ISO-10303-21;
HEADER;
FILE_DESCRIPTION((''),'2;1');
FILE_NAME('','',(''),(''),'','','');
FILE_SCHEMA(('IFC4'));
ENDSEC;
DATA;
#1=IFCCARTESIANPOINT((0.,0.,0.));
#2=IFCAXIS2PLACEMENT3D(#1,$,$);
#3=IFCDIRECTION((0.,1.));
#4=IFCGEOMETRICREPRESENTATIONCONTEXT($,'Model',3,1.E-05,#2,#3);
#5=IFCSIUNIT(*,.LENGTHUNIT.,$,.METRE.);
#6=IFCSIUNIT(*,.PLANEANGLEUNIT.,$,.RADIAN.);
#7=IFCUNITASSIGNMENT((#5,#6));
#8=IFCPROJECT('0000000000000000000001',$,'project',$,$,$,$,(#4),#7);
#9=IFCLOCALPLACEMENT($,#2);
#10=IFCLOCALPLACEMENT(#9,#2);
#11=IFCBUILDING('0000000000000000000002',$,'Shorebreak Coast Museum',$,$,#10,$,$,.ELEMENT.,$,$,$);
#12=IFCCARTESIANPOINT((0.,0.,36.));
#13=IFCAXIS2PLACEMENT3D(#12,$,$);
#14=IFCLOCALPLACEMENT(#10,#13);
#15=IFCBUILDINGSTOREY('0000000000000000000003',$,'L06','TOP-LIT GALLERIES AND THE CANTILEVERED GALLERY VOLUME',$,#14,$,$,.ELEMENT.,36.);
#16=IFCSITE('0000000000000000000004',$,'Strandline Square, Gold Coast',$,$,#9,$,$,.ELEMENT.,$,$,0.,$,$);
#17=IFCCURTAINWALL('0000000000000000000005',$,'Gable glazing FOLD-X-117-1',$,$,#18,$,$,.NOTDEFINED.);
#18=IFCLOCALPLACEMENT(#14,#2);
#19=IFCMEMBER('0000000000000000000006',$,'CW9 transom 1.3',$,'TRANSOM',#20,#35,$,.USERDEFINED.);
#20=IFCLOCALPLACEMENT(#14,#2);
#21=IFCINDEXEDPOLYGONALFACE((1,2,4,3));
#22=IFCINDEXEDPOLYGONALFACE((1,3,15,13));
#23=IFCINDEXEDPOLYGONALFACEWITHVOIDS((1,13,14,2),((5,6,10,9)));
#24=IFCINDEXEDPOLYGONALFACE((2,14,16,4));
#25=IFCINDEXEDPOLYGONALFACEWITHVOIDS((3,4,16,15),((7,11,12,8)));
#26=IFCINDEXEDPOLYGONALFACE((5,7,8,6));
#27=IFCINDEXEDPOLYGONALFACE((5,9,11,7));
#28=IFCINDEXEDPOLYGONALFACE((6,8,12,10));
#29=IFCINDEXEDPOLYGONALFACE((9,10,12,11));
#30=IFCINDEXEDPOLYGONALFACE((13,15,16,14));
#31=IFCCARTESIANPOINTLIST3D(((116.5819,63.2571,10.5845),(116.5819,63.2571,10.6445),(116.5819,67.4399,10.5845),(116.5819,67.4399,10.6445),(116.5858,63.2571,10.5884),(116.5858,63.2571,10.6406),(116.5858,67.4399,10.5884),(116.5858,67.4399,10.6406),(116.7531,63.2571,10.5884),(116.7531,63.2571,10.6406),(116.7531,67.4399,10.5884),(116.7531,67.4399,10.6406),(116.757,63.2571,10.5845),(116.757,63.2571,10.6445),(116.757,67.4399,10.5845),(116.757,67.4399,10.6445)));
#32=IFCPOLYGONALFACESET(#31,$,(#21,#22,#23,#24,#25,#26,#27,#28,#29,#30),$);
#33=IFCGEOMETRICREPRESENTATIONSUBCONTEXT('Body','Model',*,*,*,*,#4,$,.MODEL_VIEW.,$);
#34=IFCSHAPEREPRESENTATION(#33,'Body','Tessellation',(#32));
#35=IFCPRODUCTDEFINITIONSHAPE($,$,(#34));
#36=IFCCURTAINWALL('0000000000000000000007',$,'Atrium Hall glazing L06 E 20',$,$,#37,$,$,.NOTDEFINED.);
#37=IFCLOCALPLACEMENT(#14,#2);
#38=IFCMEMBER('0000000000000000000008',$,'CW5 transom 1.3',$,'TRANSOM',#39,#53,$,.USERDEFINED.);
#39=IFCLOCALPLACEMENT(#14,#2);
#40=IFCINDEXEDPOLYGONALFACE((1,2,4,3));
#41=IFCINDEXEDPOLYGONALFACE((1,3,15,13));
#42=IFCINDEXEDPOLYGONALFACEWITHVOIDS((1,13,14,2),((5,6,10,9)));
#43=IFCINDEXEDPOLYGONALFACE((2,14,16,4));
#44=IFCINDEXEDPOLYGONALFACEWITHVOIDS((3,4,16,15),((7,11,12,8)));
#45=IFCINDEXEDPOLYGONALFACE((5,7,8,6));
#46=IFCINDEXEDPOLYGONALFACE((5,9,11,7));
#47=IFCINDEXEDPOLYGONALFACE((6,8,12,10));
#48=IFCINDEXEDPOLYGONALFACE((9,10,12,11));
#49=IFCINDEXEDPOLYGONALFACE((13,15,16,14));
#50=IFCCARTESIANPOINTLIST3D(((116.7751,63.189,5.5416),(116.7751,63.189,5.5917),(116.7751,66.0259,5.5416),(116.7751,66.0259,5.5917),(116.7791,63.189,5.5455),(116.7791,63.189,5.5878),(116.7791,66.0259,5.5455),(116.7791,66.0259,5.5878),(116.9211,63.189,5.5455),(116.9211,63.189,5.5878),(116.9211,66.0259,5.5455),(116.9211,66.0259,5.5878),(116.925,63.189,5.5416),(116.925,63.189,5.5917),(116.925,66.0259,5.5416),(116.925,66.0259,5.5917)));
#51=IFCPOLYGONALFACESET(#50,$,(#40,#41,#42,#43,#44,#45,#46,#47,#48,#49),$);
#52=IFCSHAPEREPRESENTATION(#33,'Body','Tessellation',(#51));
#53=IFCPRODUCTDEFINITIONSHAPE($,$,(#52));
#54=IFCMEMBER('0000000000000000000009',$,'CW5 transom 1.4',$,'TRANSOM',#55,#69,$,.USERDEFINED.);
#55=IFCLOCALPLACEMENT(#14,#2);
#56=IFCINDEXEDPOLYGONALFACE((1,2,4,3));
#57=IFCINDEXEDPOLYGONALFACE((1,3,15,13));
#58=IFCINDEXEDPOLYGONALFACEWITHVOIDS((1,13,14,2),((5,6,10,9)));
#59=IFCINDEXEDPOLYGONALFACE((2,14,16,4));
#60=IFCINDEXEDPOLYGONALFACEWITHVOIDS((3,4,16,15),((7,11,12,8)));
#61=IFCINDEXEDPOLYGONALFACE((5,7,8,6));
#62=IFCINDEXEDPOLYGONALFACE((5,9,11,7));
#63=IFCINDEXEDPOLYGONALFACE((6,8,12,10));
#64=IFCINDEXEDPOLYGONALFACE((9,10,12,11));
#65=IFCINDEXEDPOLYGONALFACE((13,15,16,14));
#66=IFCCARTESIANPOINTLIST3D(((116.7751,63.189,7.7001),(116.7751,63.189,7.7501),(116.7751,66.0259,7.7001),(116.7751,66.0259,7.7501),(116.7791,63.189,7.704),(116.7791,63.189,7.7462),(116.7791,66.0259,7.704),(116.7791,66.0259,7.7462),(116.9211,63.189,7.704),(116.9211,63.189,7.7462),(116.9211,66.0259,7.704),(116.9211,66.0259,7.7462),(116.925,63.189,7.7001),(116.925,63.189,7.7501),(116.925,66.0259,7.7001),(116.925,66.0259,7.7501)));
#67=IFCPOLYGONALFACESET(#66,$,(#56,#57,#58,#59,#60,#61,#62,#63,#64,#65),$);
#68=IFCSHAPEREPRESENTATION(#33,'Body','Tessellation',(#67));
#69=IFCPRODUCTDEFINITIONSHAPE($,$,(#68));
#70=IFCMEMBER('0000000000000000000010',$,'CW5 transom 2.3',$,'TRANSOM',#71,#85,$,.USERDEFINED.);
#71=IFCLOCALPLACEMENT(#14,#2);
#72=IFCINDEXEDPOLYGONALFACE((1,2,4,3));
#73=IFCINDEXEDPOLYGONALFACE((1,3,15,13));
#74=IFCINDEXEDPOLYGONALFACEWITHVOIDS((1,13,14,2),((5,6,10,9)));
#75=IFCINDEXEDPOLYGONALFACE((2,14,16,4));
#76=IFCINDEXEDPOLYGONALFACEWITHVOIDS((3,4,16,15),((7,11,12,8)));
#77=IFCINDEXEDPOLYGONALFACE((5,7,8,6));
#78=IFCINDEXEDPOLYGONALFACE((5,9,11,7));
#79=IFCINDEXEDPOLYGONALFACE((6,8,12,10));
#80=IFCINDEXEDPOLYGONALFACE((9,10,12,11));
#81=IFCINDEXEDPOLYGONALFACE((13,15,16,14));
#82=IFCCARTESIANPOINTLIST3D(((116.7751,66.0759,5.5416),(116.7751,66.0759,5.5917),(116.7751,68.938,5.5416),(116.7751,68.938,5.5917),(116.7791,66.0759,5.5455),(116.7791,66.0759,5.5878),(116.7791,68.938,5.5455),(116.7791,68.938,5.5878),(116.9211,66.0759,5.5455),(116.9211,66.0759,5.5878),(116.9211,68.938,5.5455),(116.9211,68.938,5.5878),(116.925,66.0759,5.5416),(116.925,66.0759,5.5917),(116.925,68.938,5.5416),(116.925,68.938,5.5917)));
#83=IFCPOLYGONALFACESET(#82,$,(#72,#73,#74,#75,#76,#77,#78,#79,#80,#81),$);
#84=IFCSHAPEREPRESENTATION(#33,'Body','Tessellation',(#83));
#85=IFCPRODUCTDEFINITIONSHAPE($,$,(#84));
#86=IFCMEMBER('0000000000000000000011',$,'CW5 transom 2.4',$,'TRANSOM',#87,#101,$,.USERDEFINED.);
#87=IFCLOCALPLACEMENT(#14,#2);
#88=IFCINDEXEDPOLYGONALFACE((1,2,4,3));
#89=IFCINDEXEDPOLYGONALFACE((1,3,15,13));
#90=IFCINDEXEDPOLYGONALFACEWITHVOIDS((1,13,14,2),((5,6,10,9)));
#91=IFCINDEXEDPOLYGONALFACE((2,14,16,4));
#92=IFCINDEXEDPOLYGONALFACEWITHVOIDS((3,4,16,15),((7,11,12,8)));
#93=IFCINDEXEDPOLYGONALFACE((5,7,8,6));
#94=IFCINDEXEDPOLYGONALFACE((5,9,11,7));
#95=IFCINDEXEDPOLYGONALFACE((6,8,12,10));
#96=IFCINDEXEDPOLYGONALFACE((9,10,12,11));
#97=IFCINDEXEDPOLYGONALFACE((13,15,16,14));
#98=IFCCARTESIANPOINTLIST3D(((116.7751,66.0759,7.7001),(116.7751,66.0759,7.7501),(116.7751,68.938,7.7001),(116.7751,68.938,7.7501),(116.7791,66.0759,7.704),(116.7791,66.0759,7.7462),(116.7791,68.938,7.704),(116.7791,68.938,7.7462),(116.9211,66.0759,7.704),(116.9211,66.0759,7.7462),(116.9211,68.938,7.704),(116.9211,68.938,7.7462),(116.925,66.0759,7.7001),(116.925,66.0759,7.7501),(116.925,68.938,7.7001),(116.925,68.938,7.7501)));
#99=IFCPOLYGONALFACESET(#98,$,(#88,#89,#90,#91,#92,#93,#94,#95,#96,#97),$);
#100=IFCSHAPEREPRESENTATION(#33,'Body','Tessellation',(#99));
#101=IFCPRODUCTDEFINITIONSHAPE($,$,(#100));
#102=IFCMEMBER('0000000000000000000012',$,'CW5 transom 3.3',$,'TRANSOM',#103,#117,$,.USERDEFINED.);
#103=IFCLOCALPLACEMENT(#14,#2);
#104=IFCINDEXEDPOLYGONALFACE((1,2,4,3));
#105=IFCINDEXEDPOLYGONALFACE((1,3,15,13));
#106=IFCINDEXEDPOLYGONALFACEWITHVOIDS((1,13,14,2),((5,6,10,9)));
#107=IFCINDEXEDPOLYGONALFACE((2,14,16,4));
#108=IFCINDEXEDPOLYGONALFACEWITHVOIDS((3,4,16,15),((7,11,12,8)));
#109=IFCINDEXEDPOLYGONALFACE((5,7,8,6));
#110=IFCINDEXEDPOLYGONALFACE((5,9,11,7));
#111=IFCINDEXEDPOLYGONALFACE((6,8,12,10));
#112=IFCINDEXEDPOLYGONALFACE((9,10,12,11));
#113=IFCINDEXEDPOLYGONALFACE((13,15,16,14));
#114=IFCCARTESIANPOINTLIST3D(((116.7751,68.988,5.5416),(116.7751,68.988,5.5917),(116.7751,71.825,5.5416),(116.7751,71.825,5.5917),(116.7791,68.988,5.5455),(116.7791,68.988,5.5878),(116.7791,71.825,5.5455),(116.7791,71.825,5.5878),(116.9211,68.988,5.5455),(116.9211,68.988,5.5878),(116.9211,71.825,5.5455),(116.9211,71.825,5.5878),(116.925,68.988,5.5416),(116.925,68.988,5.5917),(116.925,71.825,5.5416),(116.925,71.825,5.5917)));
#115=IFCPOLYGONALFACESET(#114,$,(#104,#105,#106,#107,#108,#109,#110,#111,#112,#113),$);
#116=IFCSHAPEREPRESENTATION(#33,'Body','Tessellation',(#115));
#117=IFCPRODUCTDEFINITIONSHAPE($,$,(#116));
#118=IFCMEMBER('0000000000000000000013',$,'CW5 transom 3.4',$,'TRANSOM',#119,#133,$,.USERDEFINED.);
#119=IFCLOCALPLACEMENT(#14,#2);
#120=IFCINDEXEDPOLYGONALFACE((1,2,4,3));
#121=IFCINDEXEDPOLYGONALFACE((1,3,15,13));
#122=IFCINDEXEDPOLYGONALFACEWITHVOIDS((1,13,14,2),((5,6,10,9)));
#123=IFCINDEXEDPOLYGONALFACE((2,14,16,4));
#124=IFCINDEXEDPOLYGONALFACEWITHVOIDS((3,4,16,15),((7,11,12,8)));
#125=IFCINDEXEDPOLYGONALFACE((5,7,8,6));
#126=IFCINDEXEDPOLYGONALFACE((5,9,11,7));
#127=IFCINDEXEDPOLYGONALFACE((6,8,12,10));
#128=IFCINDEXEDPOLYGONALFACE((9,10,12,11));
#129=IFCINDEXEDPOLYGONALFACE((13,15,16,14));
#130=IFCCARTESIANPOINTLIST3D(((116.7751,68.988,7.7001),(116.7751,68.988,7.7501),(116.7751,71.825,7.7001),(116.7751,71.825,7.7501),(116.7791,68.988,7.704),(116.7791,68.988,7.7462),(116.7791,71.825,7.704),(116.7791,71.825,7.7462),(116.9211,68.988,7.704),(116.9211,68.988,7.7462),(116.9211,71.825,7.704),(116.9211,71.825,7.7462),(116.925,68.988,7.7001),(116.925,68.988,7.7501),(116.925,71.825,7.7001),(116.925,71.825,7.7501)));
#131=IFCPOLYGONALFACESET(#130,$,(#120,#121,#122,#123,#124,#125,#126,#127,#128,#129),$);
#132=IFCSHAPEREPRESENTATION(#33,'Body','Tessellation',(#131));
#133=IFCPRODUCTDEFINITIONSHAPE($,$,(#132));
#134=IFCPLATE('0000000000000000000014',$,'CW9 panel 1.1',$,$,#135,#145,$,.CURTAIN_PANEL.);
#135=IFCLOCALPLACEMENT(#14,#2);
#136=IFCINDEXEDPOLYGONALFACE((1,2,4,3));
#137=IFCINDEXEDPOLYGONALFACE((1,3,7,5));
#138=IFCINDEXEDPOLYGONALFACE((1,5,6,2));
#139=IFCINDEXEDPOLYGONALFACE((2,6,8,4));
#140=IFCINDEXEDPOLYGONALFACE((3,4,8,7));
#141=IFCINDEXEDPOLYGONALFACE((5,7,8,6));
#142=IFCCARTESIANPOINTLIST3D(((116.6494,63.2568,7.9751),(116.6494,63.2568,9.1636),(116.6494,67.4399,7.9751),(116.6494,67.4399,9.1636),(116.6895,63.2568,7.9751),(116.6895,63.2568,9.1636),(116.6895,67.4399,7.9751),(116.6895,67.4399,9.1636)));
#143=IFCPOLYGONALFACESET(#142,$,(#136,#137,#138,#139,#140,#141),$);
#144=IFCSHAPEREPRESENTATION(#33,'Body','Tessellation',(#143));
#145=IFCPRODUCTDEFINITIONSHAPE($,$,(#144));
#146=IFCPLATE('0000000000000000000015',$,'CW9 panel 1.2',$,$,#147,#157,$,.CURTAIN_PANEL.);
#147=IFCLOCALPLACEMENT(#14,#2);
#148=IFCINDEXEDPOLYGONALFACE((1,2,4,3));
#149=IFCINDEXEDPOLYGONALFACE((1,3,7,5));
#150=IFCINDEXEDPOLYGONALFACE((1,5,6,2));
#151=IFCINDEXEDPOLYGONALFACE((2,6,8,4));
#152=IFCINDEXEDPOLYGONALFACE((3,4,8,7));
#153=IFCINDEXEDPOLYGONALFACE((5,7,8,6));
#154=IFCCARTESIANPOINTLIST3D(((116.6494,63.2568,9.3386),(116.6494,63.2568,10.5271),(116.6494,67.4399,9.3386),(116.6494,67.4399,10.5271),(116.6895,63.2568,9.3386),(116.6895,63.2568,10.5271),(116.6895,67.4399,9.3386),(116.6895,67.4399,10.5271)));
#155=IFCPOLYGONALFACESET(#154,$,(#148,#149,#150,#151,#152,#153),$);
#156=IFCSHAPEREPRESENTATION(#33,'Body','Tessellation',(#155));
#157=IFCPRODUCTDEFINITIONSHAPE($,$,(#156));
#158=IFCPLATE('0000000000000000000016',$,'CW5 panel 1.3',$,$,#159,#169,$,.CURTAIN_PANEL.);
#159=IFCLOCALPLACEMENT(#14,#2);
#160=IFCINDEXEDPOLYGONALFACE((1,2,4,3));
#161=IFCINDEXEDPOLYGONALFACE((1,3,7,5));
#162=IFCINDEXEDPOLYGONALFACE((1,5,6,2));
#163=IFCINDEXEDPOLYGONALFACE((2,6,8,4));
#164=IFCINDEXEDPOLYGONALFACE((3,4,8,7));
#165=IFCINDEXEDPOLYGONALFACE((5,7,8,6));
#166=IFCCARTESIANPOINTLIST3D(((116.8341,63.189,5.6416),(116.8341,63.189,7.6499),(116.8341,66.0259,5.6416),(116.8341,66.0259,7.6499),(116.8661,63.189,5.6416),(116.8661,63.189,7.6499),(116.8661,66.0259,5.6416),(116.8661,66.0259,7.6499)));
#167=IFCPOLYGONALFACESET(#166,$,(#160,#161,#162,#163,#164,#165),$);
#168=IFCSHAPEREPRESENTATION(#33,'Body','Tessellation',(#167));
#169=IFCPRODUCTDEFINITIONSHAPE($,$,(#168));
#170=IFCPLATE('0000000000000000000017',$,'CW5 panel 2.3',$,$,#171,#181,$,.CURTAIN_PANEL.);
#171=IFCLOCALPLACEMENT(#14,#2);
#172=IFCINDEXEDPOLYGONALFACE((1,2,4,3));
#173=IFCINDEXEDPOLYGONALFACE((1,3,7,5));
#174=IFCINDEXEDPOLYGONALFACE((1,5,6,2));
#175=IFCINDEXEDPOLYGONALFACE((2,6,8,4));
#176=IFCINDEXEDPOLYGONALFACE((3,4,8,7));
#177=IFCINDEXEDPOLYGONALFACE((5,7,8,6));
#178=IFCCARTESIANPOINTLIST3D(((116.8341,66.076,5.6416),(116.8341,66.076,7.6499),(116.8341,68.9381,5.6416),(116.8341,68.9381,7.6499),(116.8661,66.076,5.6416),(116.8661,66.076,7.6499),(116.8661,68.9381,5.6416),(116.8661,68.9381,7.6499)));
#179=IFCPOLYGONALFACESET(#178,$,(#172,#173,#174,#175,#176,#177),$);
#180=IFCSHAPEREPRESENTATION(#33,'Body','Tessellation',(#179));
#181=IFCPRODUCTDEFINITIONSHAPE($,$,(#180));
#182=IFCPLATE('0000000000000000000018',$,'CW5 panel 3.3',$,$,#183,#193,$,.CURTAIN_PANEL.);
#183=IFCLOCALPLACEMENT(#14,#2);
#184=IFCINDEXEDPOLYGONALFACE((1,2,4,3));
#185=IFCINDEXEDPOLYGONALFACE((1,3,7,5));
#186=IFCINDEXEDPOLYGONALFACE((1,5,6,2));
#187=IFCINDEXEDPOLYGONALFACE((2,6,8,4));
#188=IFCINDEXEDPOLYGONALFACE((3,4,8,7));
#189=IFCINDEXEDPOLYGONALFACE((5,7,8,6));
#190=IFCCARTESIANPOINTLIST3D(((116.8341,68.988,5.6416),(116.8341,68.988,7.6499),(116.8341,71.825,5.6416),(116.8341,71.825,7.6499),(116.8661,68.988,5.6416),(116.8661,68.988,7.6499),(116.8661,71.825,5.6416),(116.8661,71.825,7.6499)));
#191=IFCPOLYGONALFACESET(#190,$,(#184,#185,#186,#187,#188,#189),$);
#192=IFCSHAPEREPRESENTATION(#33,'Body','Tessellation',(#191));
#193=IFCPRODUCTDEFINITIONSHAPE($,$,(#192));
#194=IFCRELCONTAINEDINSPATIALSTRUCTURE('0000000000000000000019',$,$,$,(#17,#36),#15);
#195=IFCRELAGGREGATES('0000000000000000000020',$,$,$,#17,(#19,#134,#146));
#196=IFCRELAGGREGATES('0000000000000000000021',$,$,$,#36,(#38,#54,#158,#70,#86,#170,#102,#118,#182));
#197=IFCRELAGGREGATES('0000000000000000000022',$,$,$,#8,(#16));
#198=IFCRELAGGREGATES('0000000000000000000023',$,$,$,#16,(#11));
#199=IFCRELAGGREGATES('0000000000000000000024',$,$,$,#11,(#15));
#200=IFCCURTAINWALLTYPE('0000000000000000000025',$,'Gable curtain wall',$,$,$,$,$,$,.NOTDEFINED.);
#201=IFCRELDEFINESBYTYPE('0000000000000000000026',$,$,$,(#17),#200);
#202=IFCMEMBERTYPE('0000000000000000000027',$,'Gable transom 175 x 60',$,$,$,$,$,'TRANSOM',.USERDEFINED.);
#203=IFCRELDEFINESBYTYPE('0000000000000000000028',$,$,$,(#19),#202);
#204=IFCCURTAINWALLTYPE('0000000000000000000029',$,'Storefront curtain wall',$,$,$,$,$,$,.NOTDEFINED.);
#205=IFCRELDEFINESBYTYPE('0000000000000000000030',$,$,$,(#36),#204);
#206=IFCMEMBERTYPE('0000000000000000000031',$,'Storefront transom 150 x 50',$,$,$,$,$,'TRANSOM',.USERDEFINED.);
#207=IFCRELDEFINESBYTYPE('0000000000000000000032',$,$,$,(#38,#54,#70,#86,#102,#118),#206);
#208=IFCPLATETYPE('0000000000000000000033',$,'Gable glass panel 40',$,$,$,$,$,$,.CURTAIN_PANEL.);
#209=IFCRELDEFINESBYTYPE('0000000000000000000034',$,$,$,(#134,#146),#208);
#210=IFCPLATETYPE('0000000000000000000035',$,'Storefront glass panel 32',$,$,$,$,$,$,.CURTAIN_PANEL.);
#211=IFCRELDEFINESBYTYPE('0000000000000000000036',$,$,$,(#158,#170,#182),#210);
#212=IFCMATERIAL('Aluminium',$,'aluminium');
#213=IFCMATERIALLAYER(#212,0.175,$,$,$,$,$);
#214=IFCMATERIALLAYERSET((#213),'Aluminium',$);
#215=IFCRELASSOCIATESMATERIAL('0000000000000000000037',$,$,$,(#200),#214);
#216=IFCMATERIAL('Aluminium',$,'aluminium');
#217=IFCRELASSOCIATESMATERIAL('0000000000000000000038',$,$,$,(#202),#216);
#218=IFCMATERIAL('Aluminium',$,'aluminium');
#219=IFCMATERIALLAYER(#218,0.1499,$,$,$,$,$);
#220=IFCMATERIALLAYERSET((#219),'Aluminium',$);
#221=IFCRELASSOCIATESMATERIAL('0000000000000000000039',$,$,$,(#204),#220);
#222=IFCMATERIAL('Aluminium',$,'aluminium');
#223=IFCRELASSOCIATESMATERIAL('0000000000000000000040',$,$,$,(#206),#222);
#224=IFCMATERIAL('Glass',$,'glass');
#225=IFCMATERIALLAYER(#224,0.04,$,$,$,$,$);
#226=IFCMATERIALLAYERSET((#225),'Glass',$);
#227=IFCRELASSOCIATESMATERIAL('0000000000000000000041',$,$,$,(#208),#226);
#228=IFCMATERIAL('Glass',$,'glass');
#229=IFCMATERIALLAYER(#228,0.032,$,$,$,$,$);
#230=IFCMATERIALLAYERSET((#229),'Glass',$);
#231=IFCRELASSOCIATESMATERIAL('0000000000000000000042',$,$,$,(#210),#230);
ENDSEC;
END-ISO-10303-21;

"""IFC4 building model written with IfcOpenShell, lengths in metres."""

from ifc_helpers import new_model, si_unit, direction, frame, origin, origin_2d, place, context, subcontext, project, spatial, rectangle, hollow_rectangle, extrude, material, layer, layer_set, material_profile, profile_set, type_object, element, aggregate, save


model = new_model("IFC4")

# Units and contexts
model_context = context("Model", 3, precision=1e-05, world=origin(), true_north=direction((0.0, 1.0)))
body_context = subcontext(model_context, "Body", "Model", "MODEL_VIEW")
ifc_project = project(units=[si_unit("LENGTHUNIT", "METRE"), si_unit("PLANEANGLEUNIT", "RADIAN")], contexts=[model_context])

# Site, building, storey
site_placement = place(None, origin())
site = spatial("IfcSite", under=ifc_project, at=site_placement, Name="Strandline Square, Gold Coast", CompositionType="ELEMENT", RefElevation=0.0)
building_placement = place(site_placement, origin())
building = spatial("IfcBuilding", under=site, at=building_placement, Name="Shorebreak Coast Museum", CompositionType="ELEMENT")
storey_placement = place(building_placement, frame((0.0, 0.0, 36.0)))
storey = spatial("IfcBuildingStorey", under=building, at=storey_placement, Name="L06", Description="TOP-LIT GALLERIES AND THE CANTILEVERED GALLERY VOLUME", CompositionType="ELEMENT", Elevation=36.0)

# Curtain walls, members
ifc_material_1 = material(Name="Aluminium", Category="aluminium")
ifc_layer_1 = layer(ifc_material_1, 0.175)
ifc_layer_set_1 = layer_set([ifc_layer_1], Name="Aluminium")
curtain_wall_type_1 = type_object("IfcCurtainWallType", Name="Gable curtain wall", PredefinedType="NOTDEFINED", material=ifc_layer_set_1)
curtain_wall_1_placement = place(storey_placement, origin())
curtain_wall_1 = element("IfcCurtainWall", 1, at=curtain_wall_1_placement, inside=storey, type_object=curtain_wall_type_1, Name="Gable glazing FOLD-X-117-1", PredefinedType="NOTDEFINED")
ifc_material_2 = material(Name="Aluminium", Category="aluminium")
ifc_material_profile_1 = material_profile(ifc_material_2, hollow_rectangle(XDim=0.175, YDim=0.0601, WallThickness=0.0039, at=origin_2d()), Name="AL 60x175 RHS")
ifc_profile_set_1 = profile_set([ifc_material_profile_1], Name="Aluminium")
member_type_1 = type_object("IfcMemberType", Name="Gable transom 175 x 60", ElementType="TRANSOM", PredefinedType="USERDEFINED", material=ifc_profile_set_1)
member_1_placement = place(storey_placement, frame((116.6694, 63.2571, 10.6145), z_axis=(0.0, 1.0, 0.0), x_axis=(-1.0, 0.0, 0.0)))
member_1 = element("IfcMember", 2, at=member_1_placement, type_object=member_type_1, Name="CW9 transom 1.3", ObjectType="TRANSOM", PredefinedType="USERDEFINED", context=body_context, shape_type="SweptSolid", body=[
    extrude(hollow_rectangle(XDim=0.175, YDim=0.0601, WallThickness=0.0039, at=origin_2d()), origin(), (0.0, 0.0, 1.0), 4.1829),
])
ifc_material_3 = material(Name="Aluminium", Category="aluminium")
ifc_layer_2 = layer(ifc_material_3, 0.1499)
ifc_layer_set_2 = layer_set([ifc_layer_2], Name="Aluminium")
curtain_wall_type_2 = type_object("IfcCurtainWallType", Name="Storefront curtain wall", PredefinedType="NOTDEFINED", material=ifc_layer_set_2)
curtain_wall_2_placement = place(storey_placement, origin())
curtain_wall_2 = element("IfcCurtainWall", 3, at=curtain_wall_2_placement, inside=storey, type_object=curtain_wall_type_2, Name="Atrium Hall glazing L06 E 20", PredefinedType="NOTDEFINED")
ifc_material_4 = material(Name="Aluminium", Category="aluminium")
ifc_material_profile_2 = material_profile(ifc_material_4, hollow_rectangle(XDim=0.1499, YDim=0.05, WallThickness=0.0039, at=origin_2d()), Name="AL 50x150 RHS")
ifc_profile_set_2 = profile_set([ifc_material_profile_2], Name="Aluminium")
member_type_2 = type_object("IfcMemberType", Name="Storefront transom 150 x 50", ElementType="TRANSOM", PredefinedType="USERDEFINED", material=ifc_profile_set_2)
member_2_placement = place(storey_placement, frame((116.8501, 63.189, 5.5667), z_axis=(0.0, 1.0, 0.0), x_axis=(-1.0, 0.0, 0.0)))
member_2 = element("IfcMember", 4, at=member_2_placement, type_object=member_type_2, Name="CW5 transom 1.3", ObjectType="TRANSOM", PredefinedType="USERDEFINED", context=body_context, shape_type="SweptSolid", body=[
    extrude(hollow_rectangle(XDim=0.1499, YDim=0.05, WallThickness=0.0039, at=origin_2d()), origin(), (0.0, 0.0, 1.0), 2.8369),
])
member_3_placement = place(storey_placement, frame((116.8501, 63.189, 7.7251), z_axis=(0.0, 1.0, 0.0), x_axis=(-1.0, 0.0, 0.0)))
member_3 = element("IfcMember", 5, at=member_3_placement, type_object=member_type_2, Name="CW5 transom 1.4", ObjectType="TRANSOM", PredefinedType="USERDEFINED", context=body_context, shape_type="SweptSolid", body=[
    extrude(hollow_rectangle(XDim=0.1499, YDim=0.05, WallThickness=0.0039, at=origin_2d()), origin(), (0.0, 0.0, 1.0), 2.8369),
])
member_4_placement = place(storey_placement, frame((116.8501, 66.0759, 5.5667), z_axis=(0.0, 1.0, 0.0), x_axis=(-1.0, 0.0, 0.0)))
member_4 = element("IfcMember", 6, at=member_4_placement, type_object=member_type_2, Name="CW5 transom 2.3", ObjectType="TRANSOM", PredefinedType="USERDEFINED", context=body_context, shape_type="SweptSolid", body=[
    extrude(hollow_rectangle(XDim=0.1499, YDim=0.05, WallThickness=0.0039, at=origin_2d()), origin(), (0.0, 0.0, 1.0), 2.8621),
])
member_5_placement = place(storey_placement, frame((116.8501, 66.0759, 7.7251), z_axis=(0.0, 1.0, 0.0), x_axis=(-1.0, 0.0, 0.0)))
member_5 = element("IfcMember", 7, at=member_5_placement, type_object=member_type_2, Name="CW5 transom 2.4", ObjectType="TRANSOM", PredefinedType="USERDEFINED", context=body_context, shape_type="SweptSolid", body=[
    extrude(hollow_rectangle(XDim=0.1499, YDim=0.05, WallThickness=0.0039, at=origin_2d()), origin(), (0.0, 0.0, 1.0), 2.8621),
])
member_6_placement = place(storey_placement, frame((116.8501, 68.988, 5.5667), z_axis=(0.0, 1.0, 0.0), x_axis=(-1.0, 0.0, 0.0)))
member_6 = element("IfcMember", 8, at=member_6_placement, type_object=member_type_2, Name="CW5 transom 3.3", ObjectType="TRANSOM", PredefinedType="USERDEFINED", context=body_context, shape_type="SweptSolid", body=[
    extrude(hollow_rectangle(XDim=0.1499, YDim=0.05, WallThickness=0.0039, at=origin_2d()), origin(), (0.0, 0.0, 1.0), 2.8369),
])
member_7_placement = place(storey_placement, frame((116.8501, 68.988, 7.7251), z_axis=(0.0, 1.0, 0.0), x_axis=(-1.0, 0.0, 0.0)))
member_7 = element("IfcMember", 9, at=member_7_placement, type_object=member_type_2, Name="CW5 transom 3.4", ObjectType="TRANSOM", PredefinedType="USERDEFINED", context=body_context, shape_type="SweptSolid", body=[
    extrude(hollow_rectangle(XDim=0.1499, YDim=0.05, WallThickness=0.0039, at=origin_2d()), origin(), (0.0, 0.0, 1.0), 2.8369),
])

# Plates
ifc_material_5 = material(Name="Glass", Category="glass")
ifc_layer_3 = layer(ifc_material_5, 0.04)
ifc_layer_set_3 = layer_set([ifc_layer_3], Name="Glass")
plate_type_1 = type_object("IfcPlateType", Name="Gable glass panel 40", PredefinedType="CURTAIN_PANEL", material=ifc_layer_set_3)
plate_1_placement = place(storey_placement, frame((116.6694, 65.3484, 7.9751), z_axis=(0.0, 0.0, 1.0), x_axis=(0.0, 1.0, 0.0)))
plate_1 = element("IfcPlate", 10, at=plate_1_placement, type_object=plate_type_1, Name="CW9 panel 1.1", PredefinedType="CURTAIN_PANEL", context=body_context, shape_type="SweptSolid", body=[
    extrude(rectangle(XDim=4.1831, YDim=0.04, at=origin_2d()), origin(), (0.0, 0.0, 1.0), 1.1885),
])
plate_2_placement = place(storey_placement, frame((116.6694, 65.3484, 9.3386), z_axis=(0.0, 0.0, 1.0), x_axis=(0.0, 1.0, 0.0)))
plate_2 = element("IfcPlate", 11, at=plate_2_placement, type_object=plate_type_1, Name="CW9 panel 1.2", PredefinedType="CURTAIN_PANEL", context=body_context, shape_type="SweptSolid", body=[
    extrude(rectangle(XDim=4.1831, YDim=0.04, at=origin_2d()), origin(), (0.0, 0.0, 1.0), 1.1885),
])
aggregate(curtain_wall_1, [member_1, plate_1, plate_2])
ifc_material_6 = material(Name="Glass", Category="glass")
ifc_layer_4 = layer(ifc_material_6, 0.032)
ifc_layer_set_4 = layer_set([ifc_layer_4], Name="Glass")
plate_type_2 = type_object("IfcPlateType", Name="Storefront glass panel 32", PredefinedType="CURTAIN_PANEL", material=ifc_layer_set_4)
plate_3_placement = place(storey_placement, frame((116.8501, 64.6074, 5.6416), z_axis=(0.0, 0.0, 1.0), x_axis=(0.0, 1.0, 0.0)))
plate_3 = element("IfcPlate", 12, at=plate_3_placement, type_object=plate_type_2, Name="CW5 panel 1.3", PredefinedType="CURTAIN_PANEL", context=body_context, shape_type="SweptSolid", body=[
    extrude(rectangle(XDim=2.8369, YDim=0.032, at=origin_2d()), origin(), (0.0, 0.0, 1.0), 2.0083),
])
plate_4_placement = place(storey_placement, frame((116.8501, 67.5071, 5.6416), z_axis=(0.0, 0.0, 1.0), x_axis=(0.0, 1.0, 0.0)))
plate_4 = element("IfcPlate", 13, at=plate_4_placement, type_object=plate_type_2, Name="CW5 panel 2.3", PredefinedType="CURTAIN_PANEL", context=body_context, shape_type="SweptSolid", body=[
    extrude(rectangle(XDim=2.8621, YDim=0.032, at=origin_2d()), origin(), (0.0, 0.0, 1.0), 2.0083),
])
plate_5_placement = place(storey_placement, frame((116.8501, 70.4065, 5.6416), z_axis=(0.0, 0.0, 1.0), x_axis=(0.0, 1.0, 0.0)))
plate_5 = element("IfcPlate", 14, at=plate_5_placement, type_object=plate_type_2, Name="CW5 panel 3.3", PredefinedType="CURTAIN_PANEL", context=body_context, shape_type="SweptSolid", body=[
    extrude(rectangle(XDim=2.8369, YDim=0.032, at=origin_2d()), origin(), (0.0, 0.0, 1.0), 2.0083),
])
aggregate(curtain_wall_2, [member_2, member_3, plate_3, member_4, member_5, plate_4, member_6, member_7, plate_5])

save(model, "model.ifc")
